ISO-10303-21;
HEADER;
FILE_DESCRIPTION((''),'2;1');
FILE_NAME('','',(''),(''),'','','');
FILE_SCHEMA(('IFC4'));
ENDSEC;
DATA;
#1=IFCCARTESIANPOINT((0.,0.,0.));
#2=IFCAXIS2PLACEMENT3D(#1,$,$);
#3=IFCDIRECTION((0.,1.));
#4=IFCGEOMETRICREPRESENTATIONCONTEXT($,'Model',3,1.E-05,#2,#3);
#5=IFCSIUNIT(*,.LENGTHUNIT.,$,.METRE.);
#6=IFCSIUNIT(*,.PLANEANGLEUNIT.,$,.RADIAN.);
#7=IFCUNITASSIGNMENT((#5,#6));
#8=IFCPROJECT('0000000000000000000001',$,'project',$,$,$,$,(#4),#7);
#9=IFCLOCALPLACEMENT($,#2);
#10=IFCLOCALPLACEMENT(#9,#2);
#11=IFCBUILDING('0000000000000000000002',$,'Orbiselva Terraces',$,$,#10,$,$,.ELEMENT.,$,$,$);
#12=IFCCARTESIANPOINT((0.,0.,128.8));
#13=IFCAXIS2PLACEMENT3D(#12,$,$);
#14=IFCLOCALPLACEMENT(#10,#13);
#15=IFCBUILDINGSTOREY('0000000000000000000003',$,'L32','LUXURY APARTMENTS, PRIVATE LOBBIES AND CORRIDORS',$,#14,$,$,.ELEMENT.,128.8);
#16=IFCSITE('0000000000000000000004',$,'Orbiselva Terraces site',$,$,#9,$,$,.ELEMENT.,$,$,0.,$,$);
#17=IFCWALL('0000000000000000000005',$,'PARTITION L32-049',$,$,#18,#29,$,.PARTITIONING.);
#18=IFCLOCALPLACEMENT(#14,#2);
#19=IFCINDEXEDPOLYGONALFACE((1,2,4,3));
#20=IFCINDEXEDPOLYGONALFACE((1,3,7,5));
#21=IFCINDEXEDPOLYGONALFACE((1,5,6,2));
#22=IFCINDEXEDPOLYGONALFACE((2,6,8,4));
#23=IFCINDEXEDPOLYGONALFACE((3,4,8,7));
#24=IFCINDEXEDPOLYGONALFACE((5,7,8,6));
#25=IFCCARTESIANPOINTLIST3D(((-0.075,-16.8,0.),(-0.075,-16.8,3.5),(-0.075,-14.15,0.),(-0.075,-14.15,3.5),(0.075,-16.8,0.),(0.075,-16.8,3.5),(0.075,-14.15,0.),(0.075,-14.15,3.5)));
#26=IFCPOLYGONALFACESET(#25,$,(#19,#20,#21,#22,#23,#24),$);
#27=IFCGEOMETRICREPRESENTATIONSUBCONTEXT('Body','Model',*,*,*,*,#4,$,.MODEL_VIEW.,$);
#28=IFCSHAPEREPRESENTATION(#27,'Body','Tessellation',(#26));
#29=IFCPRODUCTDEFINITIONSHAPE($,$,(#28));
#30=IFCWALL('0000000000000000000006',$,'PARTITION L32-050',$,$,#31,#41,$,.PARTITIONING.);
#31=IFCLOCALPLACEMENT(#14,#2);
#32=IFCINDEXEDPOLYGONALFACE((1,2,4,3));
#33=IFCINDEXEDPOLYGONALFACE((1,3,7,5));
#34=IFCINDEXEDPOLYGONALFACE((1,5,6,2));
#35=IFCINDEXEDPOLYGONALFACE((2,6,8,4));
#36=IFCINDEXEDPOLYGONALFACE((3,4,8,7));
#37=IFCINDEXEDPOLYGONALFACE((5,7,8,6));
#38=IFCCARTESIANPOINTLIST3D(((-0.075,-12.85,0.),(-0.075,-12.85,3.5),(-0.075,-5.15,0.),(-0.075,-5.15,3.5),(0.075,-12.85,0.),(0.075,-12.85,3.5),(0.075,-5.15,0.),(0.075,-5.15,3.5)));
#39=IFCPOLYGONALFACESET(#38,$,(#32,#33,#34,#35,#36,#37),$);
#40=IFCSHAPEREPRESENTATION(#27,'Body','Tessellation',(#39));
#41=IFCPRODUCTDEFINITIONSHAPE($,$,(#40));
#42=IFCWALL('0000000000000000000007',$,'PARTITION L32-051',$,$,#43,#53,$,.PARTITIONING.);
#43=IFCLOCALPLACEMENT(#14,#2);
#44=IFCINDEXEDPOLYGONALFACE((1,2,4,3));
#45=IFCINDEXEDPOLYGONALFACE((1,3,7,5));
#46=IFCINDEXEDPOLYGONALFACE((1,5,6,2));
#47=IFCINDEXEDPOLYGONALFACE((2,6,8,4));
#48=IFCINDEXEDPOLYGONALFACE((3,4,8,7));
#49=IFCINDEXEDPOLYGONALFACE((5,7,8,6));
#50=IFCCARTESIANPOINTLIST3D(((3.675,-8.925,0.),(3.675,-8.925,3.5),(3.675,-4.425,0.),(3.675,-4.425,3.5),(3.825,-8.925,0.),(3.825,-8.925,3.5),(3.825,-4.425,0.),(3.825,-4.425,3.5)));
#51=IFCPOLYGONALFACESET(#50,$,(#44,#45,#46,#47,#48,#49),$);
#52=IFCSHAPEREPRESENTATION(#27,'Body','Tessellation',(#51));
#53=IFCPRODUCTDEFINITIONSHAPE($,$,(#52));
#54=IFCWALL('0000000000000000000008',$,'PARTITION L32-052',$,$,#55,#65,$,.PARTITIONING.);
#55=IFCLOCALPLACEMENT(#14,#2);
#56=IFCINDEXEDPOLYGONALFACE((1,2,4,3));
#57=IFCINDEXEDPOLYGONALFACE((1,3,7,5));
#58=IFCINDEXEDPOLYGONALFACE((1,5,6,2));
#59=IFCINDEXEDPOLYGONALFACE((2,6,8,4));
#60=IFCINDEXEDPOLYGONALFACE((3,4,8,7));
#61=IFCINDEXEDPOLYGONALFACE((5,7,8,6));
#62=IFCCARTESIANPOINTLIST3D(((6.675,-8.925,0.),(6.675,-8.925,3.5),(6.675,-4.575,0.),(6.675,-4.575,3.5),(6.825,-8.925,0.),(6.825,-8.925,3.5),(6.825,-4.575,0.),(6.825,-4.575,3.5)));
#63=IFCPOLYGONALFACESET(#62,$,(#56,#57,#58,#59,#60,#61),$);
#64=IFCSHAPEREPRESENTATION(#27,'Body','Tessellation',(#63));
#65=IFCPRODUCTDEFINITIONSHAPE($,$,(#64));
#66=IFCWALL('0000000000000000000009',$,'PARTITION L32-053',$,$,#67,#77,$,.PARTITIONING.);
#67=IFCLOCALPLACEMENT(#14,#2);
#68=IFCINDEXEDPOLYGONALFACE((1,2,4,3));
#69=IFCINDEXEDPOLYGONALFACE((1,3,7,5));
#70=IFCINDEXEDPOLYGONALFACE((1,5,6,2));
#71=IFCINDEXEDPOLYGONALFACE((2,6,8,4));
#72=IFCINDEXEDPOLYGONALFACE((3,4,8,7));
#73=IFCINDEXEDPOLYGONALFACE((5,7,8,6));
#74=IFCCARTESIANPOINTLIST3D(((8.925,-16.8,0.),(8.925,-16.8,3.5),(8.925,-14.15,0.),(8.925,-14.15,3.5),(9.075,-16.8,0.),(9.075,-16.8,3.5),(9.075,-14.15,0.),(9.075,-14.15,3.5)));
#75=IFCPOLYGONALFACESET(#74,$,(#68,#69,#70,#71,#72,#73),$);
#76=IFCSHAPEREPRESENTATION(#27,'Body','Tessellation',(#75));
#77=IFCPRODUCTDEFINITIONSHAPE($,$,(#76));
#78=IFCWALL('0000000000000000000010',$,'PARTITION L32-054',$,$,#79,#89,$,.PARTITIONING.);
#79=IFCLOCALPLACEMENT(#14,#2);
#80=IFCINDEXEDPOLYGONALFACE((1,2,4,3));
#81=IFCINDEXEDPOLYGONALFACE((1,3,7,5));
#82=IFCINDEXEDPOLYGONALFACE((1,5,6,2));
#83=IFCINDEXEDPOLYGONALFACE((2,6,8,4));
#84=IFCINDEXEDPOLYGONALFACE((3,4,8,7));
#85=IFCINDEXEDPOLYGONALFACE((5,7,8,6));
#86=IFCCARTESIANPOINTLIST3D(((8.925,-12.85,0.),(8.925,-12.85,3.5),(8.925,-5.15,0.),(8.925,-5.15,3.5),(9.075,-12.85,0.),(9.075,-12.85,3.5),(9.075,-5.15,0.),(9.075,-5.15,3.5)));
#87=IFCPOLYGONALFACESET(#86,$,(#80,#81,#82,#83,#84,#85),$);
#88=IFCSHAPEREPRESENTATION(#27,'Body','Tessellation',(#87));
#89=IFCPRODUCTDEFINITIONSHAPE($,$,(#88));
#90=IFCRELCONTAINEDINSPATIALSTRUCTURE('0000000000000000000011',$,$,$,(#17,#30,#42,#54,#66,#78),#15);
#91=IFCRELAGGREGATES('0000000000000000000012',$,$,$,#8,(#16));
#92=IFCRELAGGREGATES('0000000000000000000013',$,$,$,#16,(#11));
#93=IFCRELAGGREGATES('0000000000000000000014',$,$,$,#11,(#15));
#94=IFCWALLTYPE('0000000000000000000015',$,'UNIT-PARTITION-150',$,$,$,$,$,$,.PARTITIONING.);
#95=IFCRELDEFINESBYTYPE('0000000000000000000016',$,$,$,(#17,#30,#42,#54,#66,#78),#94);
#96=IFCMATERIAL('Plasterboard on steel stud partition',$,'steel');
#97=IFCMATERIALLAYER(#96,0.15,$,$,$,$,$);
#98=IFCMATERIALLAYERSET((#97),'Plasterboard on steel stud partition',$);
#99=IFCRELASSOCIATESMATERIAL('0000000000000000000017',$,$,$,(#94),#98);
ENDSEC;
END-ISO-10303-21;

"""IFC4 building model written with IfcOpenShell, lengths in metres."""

from ifc_helpers import new_model, si_unit, direction, frame, frame_2d, origin, place, context, subcontext, project, spatial, rectangle, extrude, material, layer, layer_set, type_object, element, save


model = new_model("IFC4")

# Units and contexts
model_context = context("Model", 3, precision=1e-05, world=origin(), true_north=direction((0.0, 1.0)))
body_context = subcontext(model_context, "Body", "Model", "MODEL_VIEW")
ifc_project = project(units=[si_unit("LENGTHUNIT", "METRE"), si_unit("PLANEANGLEUNIT", "RADIAN")], contexts=[model_context])

# Site, building, storey
site_placement = place(None, origin())
site = spatial("IfcSite", under=ifc_project, at=site_placement, Name="Orbiselva Terraces site", CompositionType="ELEMENT", RefElevation=0.0)
building_placement = place(site_placement, origin())
building = spatial("IfcBuilding", under=site, at=building_placement, Name="Orbiselva Terraces", CompositionType="ELEMENT")
storey_placement = place(building_placement, frame((0.0, 0.0, 128.8)))
storey = spatial("IfcBuildingStorey", under=building, at=storey_placement, Name="L32", Description="LUXURY APARTMENTS, PRIVATE LOBBIES AND CORRIDORS", CompositionType="ELEMENT", Elevation=128.8)

# Shared definitions
ifc_material_1 = material(Name="Plasterboard on steel stud partition", Category="steel")
ifc_layer_1 = layer(ifc_material_1, 0.15)
ifc_layer_set_1 = layer_set([ifc_layer_1], Name="Plasterboard on steel stud partition")
wall_type_1 = type_object("IfcWallType", Name="UNIT-PARTITION-150", PredefinedType="PARTITIONING", material=ifc_layer_set_1)

# Walls
wall_1_placement = place(storey_placement, frame((0.0, -16.8, 0.0), z_axis=(0.0, 0.0, 1.0), x_axis=(0.0, 1.0, 0.0)))
element("IfcWall", 1, at=wall_1_placement, inside=storey, type_object=wall_type_1, Name="PARTITION L32-049", PredefinedType="PARTITIONING", context=body_context, shape_type="SweptSolid", body=[
    extrude(rectangle(XDim=2.65, YDim=0.15, at=frame_2d((1.325, 0.0))), origin(), (0.0, 0.0, 1.0), 3.5),
])
wall_2_placement = place(storey_placement, frame((0.0, -12.85, 0.0), z_axis=(0.0, 0.0, 1.0), x_axis=(0.0, 1.0, 0.0)))
element("IfcWall", 2, at=wall_2_placement, inside=storey, type_object=wall_type_1, Name="PARTITION L32-050", PredefinedType="PARTITIONING", context=body_context, shape_type="SweptSolid", body=[
    extrude(rectangle(XDim=7.7, YDim=0.15, at=frame_2d((3.85, 0.0))), origin(), (0.0, 0.0, 1.0), 3.5),
])
wall_3_placement = place(storey_placement, frame((3.75, -8.925, 0.0), z_axis=(0.0, 0.0, 1.0), x_axis=(0.0, 1.0, 0.0)))
element("IfcWall", 3, at=wall_3_placement, inside=storey, type_object=wall_type_1, Name="PARTITION L32-051", PredefinedType="PARTITIONING", context=body_context, shape_type="SweptSolid", body=[
    extrude(rectangle(XDim=4.5, YDim=0.15, at=frame_2d((2.25, 0.0))), origin(), (0.0, 0.0, 1.0), 3.5),
])
wall_4_placement = place(storey_placement, frame((6.75, -8.925, 0.0), z_axis=(0.0, 0.0, 1.0), x_axis=(0.0, 1.0, 0.0)))
element("IfcWall", 4, at=wall_4_placement, inside=storey, type_object=wall_type_1, Name="PARTITION L32-052", PredefinedType="PARTITIONING", context=body_context, shape_type="SweptSolid", body=[
    extrude(rectangle(XDim=4.35, YDim=0.15, at=frame_2d((2.175, 0.0))), origin(), (0.0, 0.0, 1.0), 3.5),
])
wall_5_placement = place(storey_placement, frame((9.0, -16.8, 0.0), z_axis=(0.0, 0.0, 1.0), x_axis=(0.0, 1.0, 0.0)))
element("IfcWall", 5, at=wall_5_placement, inside=storey, type_object=wall_type_1, Name="PARTITION L32-053", PredefinedType="PARTITIONING", context=body_context, shape_type="SweptSolid", body=[
    extrude(rectangle(XDim=2.65, YDim=0.15, at=frame_2d((1.325, 0.0))), origin(), (0.0, 0.0, 1.0), 3.5),
])
wall_6_placement = place(storey_placement, frame((9.0, -12.85, 0.0), z_axis=(0.0, 0.0, 1.0), x_axis=(0.0, 1.0, 0.0)))
element("IfcWall", 6, at=wall_6_placement, inside=storey, type_object=wall_type_1, Name="PARTITION L32-054", PredefinedType="PARTITIONING", context=body_context, shape_type="SweptSolid", body=[
    extrude(rectangle(XDim=7.7, YDim=0.15, at=frame_2d((3.85, 0.0))), origin(), (0.0, 0.0, 1.0), 3.5),
])

save(model, "model.ifc")
